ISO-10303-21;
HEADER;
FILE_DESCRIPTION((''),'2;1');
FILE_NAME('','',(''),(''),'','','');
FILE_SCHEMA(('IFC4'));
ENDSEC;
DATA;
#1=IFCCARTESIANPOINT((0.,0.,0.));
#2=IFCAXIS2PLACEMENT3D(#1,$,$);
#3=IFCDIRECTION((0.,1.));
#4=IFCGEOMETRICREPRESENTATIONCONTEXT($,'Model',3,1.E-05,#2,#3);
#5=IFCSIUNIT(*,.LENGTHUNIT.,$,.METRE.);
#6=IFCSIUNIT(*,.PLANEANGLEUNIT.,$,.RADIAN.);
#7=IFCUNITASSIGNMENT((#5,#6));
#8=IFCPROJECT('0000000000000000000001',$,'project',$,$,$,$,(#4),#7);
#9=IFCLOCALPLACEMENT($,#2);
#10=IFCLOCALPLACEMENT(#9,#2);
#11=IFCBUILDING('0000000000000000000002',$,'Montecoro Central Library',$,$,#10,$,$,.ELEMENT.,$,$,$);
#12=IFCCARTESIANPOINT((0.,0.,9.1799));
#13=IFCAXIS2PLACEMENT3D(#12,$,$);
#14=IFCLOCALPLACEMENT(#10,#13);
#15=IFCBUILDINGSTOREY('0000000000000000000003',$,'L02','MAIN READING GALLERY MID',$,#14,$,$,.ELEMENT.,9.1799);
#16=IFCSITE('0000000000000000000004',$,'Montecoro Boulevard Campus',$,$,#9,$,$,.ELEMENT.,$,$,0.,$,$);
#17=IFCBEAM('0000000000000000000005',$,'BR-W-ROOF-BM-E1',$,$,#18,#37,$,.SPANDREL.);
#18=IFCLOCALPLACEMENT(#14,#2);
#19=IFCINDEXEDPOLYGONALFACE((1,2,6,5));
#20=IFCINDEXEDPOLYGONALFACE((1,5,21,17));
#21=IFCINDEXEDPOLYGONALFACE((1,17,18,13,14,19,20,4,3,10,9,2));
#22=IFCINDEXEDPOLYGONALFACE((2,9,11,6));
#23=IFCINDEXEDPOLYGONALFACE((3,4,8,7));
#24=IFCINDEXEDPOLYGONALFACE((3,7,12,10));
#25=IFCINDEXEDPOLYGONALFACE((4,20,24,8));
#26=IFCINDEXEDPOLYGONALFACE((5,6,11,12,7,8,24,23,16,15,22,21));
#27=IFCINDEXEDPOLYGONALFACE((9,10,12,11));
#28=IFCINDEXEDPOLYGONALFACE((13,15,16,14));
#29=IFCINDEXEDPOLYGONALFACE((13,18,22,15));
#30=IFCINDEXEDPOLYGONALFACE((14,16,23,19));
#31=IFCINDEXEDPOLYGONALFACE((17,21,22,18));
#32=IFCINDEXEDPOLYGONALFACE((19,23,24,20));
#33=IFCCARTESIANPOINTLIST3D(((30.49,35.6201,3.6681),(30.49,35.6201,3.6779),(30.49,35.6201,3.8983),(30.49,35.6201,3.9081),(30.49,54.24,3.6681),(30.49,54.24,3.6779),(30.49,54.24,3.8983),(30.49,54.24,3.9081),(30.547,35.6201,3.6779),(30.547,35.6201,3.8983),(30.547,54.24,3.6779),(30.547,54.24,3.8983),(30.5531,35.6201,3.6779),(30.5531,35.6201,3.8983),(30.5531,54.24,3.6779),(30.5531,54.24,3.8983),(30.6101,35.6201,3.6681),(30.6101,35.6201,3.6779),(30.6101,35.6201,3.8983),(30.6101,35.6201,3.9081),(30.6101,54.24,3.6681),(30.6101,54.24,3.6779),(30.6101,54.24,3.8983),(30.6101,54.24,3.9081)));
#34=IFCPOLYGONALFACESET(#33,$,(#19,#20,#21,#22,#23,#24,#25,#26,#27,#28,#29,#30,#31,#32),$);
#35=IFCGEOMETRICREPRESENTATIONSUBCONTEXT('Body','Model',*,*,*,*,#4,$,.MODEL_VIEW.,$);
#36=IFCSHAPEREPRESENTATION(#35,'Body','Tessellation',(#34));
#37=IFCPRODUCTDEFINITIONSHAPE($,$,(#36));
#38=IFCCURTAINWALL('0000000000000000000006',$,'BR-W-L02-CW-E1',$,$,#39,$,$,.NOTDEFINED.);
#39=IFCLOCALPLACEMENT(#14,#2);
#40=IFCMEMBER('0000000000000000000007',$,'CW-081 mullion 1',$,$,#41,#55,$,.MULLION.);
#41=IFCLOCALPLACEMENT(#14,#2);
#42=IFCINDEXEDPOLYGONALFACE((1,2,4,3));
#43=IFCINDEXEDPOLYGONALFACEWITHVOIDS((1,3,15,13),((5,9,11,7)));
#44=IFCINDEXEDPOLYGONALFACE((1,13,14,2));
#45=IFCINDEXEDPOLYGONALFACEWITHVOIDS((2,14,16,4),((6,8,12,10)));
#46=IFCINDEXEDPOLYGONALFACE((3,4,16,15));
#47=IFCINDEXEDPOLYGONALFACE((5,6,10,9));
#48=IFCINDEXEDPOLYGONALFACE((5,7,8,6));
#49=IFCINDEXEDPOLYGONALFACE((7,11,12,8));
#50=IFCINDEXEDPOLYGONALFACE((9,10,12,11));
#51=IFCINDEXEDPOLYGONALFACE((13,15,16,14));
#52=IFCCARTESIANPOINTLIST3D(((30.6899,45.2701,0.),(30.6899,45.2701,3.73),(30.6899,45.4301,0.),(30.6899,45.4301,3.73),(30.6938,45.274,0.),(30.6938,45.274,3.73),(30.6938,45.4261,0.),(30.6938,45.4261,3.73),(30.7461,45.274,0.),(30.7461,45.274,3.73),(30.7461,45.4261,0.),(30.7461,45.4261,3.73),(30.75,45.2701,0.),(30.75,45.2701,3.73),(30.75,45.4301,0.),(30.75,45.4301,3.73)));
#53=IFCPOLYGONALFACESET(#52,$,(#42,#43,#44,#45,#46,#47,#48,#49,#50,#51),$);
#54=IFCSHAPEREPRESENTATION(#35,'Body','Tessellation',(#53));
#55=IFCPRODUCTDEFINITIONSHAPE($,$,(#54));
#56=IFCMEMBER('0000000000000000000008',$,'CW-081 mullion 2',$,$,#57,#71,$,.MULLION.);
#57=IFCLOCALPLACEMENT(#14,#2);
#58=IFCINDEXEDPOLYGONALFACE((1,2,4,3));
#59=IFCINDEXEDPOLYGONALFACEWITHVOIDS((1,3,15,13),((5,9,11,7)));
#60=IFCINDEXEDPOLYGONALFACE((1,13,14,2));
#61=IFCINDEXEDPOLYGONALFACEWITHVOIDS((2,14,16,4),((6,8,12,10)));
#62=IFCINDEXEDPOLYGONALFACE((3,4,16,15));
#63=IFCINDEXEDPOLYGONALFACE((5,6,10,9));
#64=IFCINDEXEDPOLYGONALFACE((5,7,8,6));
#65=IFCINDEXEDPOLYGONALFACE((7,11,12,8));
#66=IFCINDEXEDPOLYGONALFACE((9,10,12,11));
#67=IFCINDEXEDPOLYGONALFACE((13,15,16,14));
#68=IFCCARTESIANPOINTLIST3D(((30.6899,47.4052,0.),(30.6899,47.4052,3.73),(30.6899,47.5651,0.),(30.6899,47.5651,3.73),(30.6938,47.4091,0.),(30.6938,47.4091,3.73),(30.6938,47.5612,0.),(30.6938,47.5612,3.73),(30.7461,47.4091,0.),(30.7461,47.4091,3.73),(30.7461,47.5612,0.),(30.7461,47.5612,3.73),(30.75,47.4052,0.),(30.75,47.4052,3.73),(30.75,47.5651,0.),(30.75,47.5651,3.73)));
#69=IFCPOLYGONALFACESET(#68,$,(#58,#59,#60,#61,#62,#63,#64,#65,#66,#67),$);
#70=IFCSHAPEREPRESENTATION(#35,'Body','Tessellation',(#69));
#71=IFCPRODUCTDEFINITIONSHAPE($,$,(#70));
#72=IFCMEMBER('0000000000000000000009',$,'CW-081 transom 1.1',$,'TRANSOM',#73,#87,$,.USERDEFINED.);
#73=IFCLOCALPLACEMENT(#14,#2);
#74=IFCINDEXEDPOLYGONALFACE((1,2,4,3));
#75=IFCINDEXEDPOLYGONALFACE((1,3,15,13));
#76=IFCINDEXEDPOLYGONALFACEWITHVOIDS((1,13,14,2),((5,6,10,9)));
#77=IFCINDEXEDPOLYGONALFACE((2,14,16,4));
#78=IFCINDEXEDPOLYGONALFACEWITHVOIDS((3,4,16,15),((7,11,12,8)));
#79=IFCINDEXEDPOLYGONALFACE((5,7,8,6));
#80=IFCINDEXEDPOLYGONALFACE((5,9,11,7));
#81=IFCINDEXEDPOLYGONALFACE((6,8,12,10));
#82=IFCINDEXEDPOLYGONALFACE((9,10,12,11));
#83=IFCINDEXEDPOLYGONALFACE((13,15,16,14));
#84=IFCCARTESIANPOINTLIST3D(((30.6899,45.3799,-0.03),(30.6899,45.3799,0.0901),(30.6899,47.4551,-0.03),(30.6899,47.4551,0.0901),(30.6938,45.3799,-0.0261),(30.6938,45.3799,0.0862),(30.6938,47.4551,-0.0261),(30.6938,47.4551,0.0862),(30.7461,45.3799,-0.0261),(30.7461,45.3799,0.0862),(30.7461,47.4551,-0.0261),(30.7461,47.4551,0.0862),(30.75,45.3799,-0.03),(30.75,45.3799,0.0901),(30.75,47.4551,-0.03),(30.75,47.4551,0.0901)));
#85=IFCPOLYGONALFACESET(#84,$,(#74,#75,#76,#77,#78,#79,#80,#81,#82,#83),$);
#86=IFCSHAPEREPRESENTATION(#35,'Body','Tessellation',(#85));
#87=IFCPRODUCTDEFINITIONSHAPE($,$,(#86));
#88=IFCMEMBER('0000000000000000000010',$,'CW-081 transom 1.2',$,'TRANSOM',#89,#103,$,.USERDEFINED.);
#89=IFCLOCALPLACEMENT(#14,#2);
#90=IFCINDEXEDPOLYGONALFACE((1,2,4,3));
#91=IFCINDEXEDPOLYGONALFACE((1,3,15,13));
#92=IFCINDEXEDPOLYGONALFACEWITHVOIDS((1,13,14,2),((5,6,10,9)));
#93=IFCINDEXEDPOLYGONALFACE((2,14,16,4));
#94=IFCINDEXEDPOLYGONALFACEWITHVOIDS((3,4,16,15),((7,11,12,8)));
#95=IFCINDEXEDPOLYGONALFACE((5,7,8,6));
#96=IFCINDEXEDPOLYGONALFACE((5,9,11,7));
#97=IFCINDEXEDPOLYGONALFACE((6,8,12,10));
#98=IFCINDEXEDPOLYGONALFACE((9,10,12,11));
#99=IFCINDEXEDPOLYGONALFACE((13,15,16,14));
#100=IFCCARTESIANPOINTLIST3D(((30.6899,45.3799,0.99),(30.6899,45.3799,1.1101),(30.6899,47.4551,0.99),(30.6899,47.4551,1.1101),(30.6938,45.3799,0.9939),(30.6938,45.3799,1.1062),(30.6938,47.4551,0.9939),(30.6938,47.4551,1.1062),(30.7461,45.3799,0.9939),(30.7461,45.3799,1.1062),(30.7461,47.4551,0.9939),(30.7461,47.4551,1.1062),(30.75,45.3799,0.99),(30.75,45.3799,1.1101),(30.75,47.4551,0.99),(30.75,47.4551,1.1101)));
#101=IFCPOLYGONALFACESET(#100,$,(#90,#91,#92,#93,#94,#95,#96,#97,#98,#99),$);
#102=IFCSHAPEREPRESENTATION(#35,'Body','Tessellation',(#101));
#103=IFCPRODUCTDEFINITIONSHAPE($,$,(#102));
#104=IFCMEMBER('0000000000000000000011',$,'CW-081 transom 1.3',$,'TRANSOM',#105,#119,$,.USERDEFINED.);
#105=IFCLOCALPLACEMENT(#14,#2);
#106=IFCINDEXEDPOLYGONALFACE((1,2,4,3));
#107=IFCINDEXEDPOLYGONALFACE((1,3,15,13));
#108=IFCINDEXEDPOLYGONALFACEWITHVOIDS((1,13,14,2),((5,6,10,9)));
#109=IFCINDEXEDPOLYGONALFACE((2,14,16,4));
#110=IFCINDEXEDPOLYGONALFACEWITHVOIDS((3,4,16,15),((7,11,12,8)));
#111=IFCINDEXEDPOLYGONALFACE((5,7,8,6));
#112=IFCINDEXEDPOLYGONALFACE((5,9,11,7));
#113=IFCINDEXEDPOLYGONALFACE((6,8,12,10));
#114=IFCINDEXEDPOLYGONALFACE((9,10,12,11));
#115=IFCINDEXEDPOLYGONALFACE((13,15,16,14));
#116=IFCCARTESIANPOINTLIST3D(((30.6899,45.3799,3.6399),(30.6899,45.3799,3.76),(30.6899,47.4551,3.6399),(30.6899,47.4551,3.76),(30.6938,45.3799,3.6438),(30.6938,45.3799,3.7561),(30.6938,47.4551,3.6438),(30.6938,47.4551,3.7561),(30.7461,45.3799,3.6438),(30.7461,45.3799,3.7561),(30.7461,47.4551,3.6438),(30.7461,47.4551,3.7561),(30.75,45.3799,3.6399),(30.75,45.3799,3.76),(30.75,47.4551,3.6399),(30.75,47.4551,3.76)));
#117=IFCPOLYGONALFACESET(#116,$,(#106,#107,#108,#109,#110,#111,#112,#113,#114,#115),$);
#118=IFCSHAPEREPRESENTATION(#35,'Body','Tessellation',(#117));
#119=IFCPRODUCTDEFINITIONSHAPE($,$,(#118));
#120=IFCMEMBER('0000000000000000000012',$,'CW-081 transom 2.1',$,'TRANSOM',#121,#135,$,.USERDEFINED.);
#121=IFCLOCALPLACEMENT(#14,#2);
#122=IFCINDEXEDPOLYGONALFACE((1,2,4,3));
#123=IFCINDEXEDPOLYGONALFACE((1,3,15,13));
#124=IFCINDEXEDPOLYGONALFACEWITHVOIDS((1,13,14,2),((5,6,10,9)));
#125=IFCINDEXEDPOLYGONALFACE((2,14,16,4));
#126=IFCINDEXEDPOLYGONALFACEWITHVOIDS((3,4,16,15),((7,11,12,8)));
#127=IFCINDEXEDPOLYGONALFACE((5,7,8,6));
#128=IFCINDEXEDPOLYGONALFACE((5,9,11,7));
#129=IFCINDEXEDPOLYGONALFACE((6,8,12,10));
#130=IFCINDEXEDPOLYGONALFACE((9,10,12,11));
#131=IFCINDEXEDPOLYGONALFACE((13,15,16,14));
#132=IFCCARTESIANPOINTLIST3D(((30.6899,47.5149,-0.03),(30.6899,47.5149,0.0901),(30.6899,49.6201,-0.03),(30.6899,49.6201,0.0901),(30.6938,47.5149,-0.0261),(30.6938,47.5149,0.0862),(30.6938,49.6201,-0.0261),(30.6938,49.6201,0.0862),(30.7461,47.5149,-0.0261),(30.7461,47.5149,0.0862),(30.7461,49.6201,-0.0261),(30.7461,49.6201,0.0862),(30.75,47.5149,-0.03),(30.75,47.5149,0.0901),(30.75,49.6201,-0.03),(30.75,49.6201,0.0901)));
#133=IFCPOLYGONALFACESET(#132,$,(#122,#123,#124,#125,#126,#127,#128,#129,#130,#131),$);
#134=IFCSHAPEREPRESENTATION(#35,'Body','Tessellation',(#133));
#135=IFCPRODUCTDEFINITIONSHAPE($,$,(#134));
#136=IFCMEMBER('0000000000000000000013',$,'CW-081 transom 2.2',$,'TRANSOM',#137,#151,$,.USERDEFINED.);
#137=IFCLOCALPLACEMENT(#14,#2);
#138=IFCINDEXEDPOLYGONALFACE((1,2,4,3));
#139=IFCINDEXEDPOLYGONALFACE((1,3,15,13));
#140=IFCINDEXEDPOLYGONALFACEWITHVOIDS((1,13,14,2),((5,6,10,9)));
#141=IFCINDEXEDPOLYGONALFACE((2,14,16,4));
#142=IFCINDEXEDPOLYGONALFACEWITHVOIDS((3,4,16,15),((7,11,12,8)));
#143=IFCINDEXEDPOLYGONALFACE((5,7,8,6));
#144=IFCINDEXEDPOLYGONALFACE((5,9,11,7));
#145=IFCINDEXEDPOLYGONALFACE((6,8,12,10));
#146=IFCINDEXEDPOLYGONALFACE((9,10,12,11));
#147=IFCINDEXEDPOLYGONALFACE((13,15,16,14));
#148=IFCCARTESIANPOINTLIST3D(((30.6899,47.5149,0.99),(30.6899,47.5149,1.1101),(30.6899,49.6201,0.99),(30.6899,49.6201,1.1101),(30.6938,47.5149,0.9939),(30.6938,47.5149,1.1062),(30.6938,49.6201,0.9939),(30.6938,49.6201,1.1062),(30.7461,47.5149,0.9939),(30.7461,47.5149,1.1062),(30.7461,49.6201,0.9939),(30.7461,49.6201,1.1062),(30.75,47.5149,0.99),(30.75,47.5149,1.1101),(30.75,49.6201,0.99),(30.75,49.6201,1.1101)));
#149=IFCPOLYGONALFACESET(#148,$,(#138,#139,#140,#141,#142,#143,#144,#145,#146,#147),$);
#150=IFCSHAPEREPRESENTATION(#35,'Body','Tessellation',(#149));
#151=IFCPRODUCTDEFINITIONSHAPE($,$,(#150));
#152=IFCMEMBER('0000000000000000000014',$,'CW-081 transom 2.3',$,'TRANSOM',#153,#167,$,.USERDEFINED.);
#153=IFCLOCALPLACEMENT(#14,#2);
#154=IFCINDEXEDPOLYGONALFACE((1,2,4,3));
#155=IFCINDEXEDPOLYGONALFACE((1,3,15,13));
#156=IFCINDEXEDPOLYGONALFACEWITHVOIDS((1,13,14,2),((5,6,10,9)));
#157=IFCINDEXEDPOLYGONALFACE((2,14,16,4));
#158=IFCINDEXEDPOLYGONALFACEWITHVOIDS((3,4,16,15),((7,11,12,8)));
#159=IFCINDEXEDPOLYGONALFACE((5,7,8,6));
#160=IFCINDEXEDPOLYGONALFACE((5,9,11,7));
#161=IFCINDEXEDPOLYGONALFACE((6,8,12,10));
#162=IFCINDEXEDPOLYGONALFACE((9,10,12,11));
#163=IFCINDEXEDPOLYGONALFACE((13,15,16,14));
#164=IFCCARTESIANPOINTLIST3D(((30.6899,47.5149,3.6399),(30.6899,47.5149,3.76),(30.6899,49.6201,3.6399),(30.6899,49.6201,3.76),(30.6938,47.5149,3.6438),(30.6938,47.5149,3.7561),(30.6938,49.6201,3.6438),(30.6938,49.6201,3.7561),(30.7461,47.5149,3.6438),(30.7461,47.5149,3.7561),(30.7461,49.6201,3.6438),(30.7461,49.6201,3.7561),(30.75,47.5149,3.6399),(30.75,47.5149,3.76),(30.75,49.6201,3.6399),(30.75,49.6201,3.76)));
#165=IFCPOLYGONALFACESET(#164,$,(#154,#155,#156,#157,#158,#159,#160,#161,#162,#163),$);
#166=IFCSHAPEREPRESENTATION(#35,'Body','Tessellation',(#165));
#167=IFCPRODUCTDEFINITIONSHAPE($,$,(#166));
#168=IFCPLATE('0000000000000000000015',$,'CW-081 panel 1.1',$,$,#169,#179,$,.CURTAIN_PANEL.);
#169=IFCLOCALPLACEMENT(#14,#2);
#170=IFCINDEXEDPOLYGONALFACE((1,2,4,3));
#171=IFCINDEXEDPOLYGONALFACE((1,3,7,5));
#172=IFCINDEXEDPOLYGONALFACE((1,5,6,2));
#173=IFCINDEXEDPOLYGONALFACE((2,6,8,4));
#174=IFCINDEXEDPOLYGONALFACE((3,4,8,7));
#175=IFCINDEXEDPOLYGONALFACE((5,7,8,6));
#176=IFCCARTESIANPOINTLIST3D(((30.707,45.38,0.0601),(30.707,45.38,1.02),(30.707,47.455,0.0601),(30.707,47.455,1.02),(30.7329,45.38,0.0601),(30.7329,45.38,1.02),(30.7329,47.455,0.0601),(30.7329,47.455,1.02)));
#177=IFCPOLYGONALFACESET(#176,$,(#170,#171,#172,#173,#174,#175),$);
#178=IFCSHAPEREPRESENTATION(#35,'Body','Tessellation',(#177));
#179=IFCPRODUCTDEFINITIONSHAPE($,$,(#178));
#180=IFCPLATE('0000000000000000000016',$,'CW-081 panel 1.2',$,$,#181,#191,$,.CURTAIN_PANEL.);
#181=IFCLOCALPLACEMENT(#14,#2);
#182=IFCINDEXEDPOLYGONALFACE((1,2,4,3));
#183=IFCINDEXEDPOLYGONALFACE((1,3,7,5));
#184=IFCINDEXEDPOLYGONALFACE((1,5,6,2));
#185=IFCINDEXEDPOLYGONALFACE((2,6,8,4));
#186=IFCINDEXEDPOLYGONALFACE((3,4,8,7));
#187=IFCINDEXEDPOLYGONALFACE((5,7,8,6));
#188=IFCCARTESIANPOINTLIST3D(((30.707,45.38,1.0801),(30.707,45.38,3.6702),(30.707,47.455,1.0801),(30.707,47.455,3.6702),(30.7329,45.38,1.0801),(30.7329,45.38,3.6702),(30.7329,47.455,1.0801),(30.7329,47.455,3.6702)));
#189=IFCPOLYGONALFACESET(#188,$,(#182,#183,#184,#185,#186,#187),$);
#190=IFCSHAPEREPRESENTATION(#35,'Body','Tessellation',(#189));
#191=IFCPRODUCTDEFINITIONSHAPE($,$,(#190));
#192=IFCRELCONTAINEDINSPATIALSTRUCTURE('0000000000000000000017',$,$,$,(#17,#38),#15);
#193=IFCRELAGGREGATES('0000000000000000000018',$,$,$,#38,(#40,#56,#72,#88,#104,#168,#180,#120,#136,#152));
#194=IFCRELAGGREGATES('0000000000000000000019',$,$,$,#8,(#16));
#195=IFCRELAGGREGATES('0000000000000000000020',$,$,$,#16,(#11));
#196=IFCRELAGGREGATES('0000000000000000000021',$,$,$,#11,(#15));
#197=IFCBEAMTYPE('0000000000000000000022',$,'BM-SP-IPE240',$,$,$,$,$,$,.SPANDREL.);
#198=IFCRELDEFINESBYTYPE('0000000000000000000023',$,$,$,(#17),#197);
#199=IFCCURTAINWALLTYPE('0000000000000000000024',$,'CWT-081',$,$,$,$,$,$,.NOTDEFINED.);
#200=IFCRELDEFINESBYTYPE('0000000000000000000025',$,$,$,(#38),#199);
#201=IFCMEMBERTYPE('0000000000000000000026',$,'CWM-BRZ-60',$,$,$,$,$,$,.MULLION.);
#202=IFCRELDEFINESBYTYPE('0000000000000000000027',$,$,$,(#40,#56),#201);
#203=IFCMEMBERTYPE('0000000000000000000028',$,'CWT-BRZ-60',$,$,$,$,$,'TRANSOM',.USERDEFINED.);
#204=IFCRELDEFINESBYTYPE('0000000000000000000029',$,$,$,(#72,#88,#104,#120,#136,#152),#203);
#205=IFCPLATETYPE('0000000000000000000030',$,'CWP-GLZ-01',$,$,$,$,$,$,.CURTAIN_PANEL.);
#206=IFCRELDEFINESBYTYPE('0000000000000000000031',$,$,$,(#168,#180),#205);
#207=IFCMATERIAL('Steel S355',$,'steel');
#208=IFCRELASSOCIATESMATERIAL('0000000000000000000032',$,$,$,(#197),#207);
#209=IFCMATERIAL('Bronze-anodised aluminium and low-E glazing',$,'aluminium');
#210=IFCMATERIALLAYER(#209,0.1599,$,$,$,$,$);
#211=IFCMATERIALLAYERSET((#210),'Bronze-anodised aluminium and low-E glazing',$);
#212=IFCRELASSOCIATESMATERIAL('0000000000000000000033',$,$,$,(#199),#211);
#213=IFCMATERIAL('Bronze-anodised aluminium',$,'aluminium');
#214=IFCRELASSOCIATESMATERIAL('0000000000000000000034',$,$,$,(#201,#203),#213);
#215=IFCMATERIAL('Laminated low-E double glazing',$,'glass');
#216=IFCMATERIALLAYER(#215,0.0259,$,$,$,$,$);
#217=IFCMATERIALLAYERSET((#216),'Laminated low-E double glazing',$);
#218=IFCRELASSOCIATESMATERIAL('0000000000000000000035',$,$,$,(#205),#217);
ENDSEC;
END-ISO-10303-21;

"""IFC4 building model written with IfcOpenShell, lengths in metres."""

from ifc_helpers import new_model, si_unit, direction, frame, origin, origin_2d, place, context, subcontext, project, spatial, rectangle, hollow_rectangle, i_section, extrude, material, layer, layer_set, material_profile, profile_set, type_object, element, aggregate, save


model = new_model("IFC4")

# Units and contexts
model_context = context("Model", 3, precision=1e-05, world=origin(), true_north=direction((0.0, 1.0)))
body_context = subcontext(model_context, "Body", "Model", "MODEL_VIEW")
ifc_project = project(units=[si_unit("LENGTHUNIT", "METRE"), si_unit("PLANEANGLEUNIT", "RADIAN")], contexts=[model_context])

# Site, building, storey
site_placement = place(None, origin())
site = spatial("IfcSite", under=ifc_project, at=site_placement, Name="Montecoro Boulevard Campus", CompositionType="ELEMENT", RefElevation=0.0)
building_placement = place(site_placement, origin())
building = spatial("IfcBuilding", under=site, at=building_placement, Name="Montecoro Central Library", CompositionType="ELEMENT")
storey_placement = place(building_placement, frame((0.0, 0.0, 9.1799)))
storey = spatial("IfcBuildingStorey", under=building, at=storey_placement, Name="L02", Description="MAIN READING GALLERY MID", CompositionType="ELEMENT", Elevation=9.1799)

# Shared definitions
ifc_material_1 = material(Name="Steel S355", Category="steel")

# Beam
ifc_material_profile_1 = material_profile(ifc_material_1, i_section(OverallWidth=0.1201, OverallDepth=0.24, WebThickness=0.0061, FlangeThickness=0.0098, at=origin_2d()), Name="IPE 240")
ifc_profile_set_1 = profile_set([ifc_material_profile_1], Name="Steel S355")
beam_type_1 = type_object("IfcBeamType", Name="BM-SP-IPE240", PredefinedType="SPANDREL", material=ifc_profile_set_1)
for number, where, z_axis, x_axis, name in (
    (1, (30.55, 35.6201, 3.7881), (0.0, 1.0, 0.0), (-1.0, 0.0, 0.0), "BR-W-ROOF-BM-E1"),
):
    element("IfcBeam", number, at=place(storey_placement, frame(where, z_axis=z_axis, x_axis=x_axis)), inside=storey, type_object=beam_type_1, Name=name, PredefinedType="SPANDREL", context=body_context, shape_type="SweptSolid", body=[
        extrude(i_section(OverallWidth=0.1201, OverallDepth=0.24, WebThickness=0.0061, FlangeThickness=0.0098, at=origin_2d()), origin(), (0.0, 0.0, 1.0), 18.6199),
    ])

# Curtain wall, members, plates
ifc_material_2 = material(Name="Bronze-anodised aluminium and low-E glazing", Category="aluminium")
ifc_layer_1 = layer(ifc_material_2, 0.1599)
ifc_layer_set_1 = layer_set([ifc_layer_1], Name="Bronze-anodised aluminium and low-E glazing")
curtain_wall_type = type_object("IfcCurtainWallType", Name="CWT-081", PredefinedType="NOTDEFINED", material=ifc_layer_set_1)
curtain_wall_placement = place(storey_placement, origin())
curtain_wall = element("IfcCurtainWall", 2, at=curtain_wall_placement, inside=storey, type_object=curtain_wall_type, Name="BR-W-L02-CW-E1", PredefinedType="NOTDEFINED")
ifc_material_3 = material(Name="Bronze-anodised aluminium", Category="aluminium")
ifc_material_profile_2 = material_profile(ifc_material_3, hollow_rectangle(XDim=0.0601, YDim=0.1599, WallThickness=0.0039, at=origin_2d()), Name="CWM 160x60x4.0")
ifc_profile_set_2 = profile_set([ifc_material_profile_2], Name="Bronze-anodised aluminium")
member_type_1 = type_object("IfcMemberType", Name="CWM-BRZ-60", PredefinedType="MULLION", material=ifc_profile_set_2)
member_1_placement = place(storey_placement, frame((30.72, 45.3501, 0.0), z_axis=(0.0, 0.0, 1.0), x_axis=(-1.0, 0.0, 0.0)))
member_1 = element("IfcMember", 3, at=member_1_placement, type_object=member_type_1, Name="CW-081 mullion 1", PredefinedType="MULLION", context=body_context, shape_type="SweptSolid", body=[
    extrude(hollow_rectangle(XDim=0.0601, YDim=0.1599, WallThickness=0.0039, at=origin_2d()), origin(), (0.0, 0.0, 1.0), 3.73),
])
member_2_placement = place(storey_placement, frame((30.72, 47.4851, 0.0), z_axis=(0.0, 0.0, 1.0), x_axis=(-1.0, 0.0, 0.0)))
member_2 = element("IfcMember", 4, at=member_2_placement, type_object=member_type_1, Name="CW-081 mullion 2", PredefinedType="MULLION", context=body_context, shape_type="SweptSolid", body=[
    extrude(hollow_rectangle(XDim=0.0601, YDim=0.1599, WallThickness=0.0039, at=origin_2d()), origin(), (0.0, 0.0, 1.0), 3.73),
])
ifc_material_profile_3 = material_profile(ifc_material_3, hollow_rectangle(XDim=0.0601, YDim=0.1201, WallThickness=0.0039, at=origin_2d()), Name="CWT 120x60x4.0")
ifc_profile_set_3 = profile_set([ifc_material_profile_3], Name="Bronze-anodised aluminium")
member_type_2 = type_object("IfcMemberType", Name="CWT-BRZ-60", ElementType="TRANSOM", PredefinedType="USERDEFINED", material=ifc_profile_set_3)
member_3_placement = place(storey_placement, frame((30.72, 45.3799, 0.03), z_axis=(0.0, 1.0, 0.0), x_axis=(-1.0, 0.0, 0.0)))
member_3 = element("IfcMember", 5, at=member_3_placement, type_object=member_type_2, Name="CW-081 transom 1.1", ObjectType="TRANSOM", PredefinedType="USERDEFINED", context=body_context, shape_type="SweptSolid", body=[
    extrude(hollow_rectangle(XDim=0.0601, YDim=0.1201, WallThickness=0.0039, at=origin_2d()), origin(), (0.0, 0.0, 1.0), 2.0752),
])
member_4_placement = place(storey_placement, frame((30.72, 45.3799, 1.05), z_axis=(0.0, 1.0, 0.0), x_axis=(-1.0, 0.0, 0.0)))
member_4 = element("IfcMember", 6, at=member_4_placement, type_object=member_type_2, Name="CW-081 transom 1.2", ObjectType="TRANSOM", PredefinedType="USERDEFINED", context=body_context, shape_type="SweptSolid", body=[
    extrude(hollow_rectangle(XDim=0.0601, YDim=0.1201, WallThickness=0.0039, at=origin_2d()), origin(), (0.0, 0.0, 1.0), 2.0752),
])
member_5_placement = place(storey_placement, frame((30.72, 45.3799, 3.7), z_axis=(0.0, 1.0, 0.0), x_axis=(-1.0, 0.0, 0.0)))
member_5 = element("IfcMember", 7, at=member_5_placement, type_object=member_type_2, Name="CW-081 transom 1.3", ObjectType="TRANSOM", PredefinedType="USERDEFINED", context=body_context, shape_type="SweptSolid", body=[
    extrude(hollow_rectangle(XDim=0.0601, YDim=0.1201, WallThickness=0.0039, at=origin_2d()), origin(), (0.0, 0.0, 1.0), 2.0752),
])
member_6_placement = place(storey_placement, frame((30.72, 47.5149, 0.03), z_axis=(0.0, 1.0, 0.0), x_axis=(-1.0, 0.0, 0.0)))
member_6 = element("IfcMember", 8, at=member_6_placement, type_object=member_type_2, Name="CW-081 transom 2.1", ObjectType="TRANSOM", PredefinedType="USERDEFINED", context=body_context, shape_type="SweptSolid", body=[
    extrude(hollow_rectangle(XDim=0.0601, YDim=0.1201, WallThickness=0.0039, at=origin_2d()), origin(), (0.0, 0.0, 1.0), 2.1052),
])
member_7_placement = place(storey_placement, frame((30.72, 47.5149, 1.05), z_axis=(0.0, 1.0, 0.0), x_axis=(-1.0, 0.0, 0.0)))
member_7 = element("IfcMember", 9, at=member_7_placement, type_object=member_type_2, Name="CW-081 transom 2.2", ObjectType="TRANSOM", PredefinedType="USERDEFINED", context=body_context, shape_type="SweptSolid", body=[
    extrude(hollow_rectangle(XDim=0.0601, YDim=0.1201, WallThickness=0.0039, at=origin_2d()), origin(), (0.0, 0.0, 1.0), 2.1052),
])
member_8_placement = place(storey_placement, frame((30.72, 47.5149, 3.7), z_axis=(0.0, 1.0, 0.0), x_axis=(-1.0, 0.0, 0.0)))
member_8 = element("IfcMember", 10, at=member_8_placement, type_object=member_type_2, Name="CW-081 transom 2.3", ObjectType="TRANSOM", PredefinedType="USERDEFINED", context=body_context, shape_type="SweptSolid", body=[
    extrude(hollow_rectangle(XDim=0.0601, YDim=0.1201, WallThickness=0.0039, at=origin_2d()), origin(), (0.0, 0.0, 1.0), 2.1052),
])
ifc_material_4 = material(Name="Laminated low-E double glazing", Category="glass")
ifc_layer_2 = layer(ifc_material_4, 0.0259)
ifc_layer_set_2 = layer_set([ifc_layer_2], Name="Laminated low-E double glazing")
plate_type_1 = type_object("IfcPlateType", Name="CWP-GLZ-01", PredefinedType="CURTAIN_PANEL", material=ifc_layer_set_2)
plate_1_placement = place(storey_placement, frame((30.72, 46.4175, 0.0601), z_axis=(0.0, 0.0, 1.0), x_axis=(0.0, 1.0, 0.0)))
plate_1 = element("IfcPlate", 11, at=plate_1_placement, type_object=plate_type_1, Name="CW-081 panel 1.1", PredefinedType="CURTAIN_PANEL", context=body_context, shape_type="SweptSolid", body=[
    extrude(rectangle(XDim=2.075, YDim=0.0259, at=origin_2d()), origin(), (0.0, 0.0, 1.0), 0.96),
])
plate_2_placement = place(storey_placement, frame((30.72, 46.4175, 1.0801), z_axis=(0.0, 0.0, 1.0), x_axis=(0.0, 1.0, 0.0)))
plate_2 = element("IfcPlate", 12, at=plate_2_placement, type_object=plate_type_1, Name="CW-081 panel 1.2", PredefinedType="CURTAIN_PANEL", context=body_context, shape_type="SweptSolid", body=[
    extrude(rectangle(XDim=2.075, YDim=0.0259, at=origin_2d()), origin(), (0.0, 0.0, 1.0), 2.5901),
])
aggregate(curtain_wall, [member_1, member_2, member_3, member_4, member_5, plate_1, plate_2, member_6, member_7, member_8])

save(model, "model.ifc")
